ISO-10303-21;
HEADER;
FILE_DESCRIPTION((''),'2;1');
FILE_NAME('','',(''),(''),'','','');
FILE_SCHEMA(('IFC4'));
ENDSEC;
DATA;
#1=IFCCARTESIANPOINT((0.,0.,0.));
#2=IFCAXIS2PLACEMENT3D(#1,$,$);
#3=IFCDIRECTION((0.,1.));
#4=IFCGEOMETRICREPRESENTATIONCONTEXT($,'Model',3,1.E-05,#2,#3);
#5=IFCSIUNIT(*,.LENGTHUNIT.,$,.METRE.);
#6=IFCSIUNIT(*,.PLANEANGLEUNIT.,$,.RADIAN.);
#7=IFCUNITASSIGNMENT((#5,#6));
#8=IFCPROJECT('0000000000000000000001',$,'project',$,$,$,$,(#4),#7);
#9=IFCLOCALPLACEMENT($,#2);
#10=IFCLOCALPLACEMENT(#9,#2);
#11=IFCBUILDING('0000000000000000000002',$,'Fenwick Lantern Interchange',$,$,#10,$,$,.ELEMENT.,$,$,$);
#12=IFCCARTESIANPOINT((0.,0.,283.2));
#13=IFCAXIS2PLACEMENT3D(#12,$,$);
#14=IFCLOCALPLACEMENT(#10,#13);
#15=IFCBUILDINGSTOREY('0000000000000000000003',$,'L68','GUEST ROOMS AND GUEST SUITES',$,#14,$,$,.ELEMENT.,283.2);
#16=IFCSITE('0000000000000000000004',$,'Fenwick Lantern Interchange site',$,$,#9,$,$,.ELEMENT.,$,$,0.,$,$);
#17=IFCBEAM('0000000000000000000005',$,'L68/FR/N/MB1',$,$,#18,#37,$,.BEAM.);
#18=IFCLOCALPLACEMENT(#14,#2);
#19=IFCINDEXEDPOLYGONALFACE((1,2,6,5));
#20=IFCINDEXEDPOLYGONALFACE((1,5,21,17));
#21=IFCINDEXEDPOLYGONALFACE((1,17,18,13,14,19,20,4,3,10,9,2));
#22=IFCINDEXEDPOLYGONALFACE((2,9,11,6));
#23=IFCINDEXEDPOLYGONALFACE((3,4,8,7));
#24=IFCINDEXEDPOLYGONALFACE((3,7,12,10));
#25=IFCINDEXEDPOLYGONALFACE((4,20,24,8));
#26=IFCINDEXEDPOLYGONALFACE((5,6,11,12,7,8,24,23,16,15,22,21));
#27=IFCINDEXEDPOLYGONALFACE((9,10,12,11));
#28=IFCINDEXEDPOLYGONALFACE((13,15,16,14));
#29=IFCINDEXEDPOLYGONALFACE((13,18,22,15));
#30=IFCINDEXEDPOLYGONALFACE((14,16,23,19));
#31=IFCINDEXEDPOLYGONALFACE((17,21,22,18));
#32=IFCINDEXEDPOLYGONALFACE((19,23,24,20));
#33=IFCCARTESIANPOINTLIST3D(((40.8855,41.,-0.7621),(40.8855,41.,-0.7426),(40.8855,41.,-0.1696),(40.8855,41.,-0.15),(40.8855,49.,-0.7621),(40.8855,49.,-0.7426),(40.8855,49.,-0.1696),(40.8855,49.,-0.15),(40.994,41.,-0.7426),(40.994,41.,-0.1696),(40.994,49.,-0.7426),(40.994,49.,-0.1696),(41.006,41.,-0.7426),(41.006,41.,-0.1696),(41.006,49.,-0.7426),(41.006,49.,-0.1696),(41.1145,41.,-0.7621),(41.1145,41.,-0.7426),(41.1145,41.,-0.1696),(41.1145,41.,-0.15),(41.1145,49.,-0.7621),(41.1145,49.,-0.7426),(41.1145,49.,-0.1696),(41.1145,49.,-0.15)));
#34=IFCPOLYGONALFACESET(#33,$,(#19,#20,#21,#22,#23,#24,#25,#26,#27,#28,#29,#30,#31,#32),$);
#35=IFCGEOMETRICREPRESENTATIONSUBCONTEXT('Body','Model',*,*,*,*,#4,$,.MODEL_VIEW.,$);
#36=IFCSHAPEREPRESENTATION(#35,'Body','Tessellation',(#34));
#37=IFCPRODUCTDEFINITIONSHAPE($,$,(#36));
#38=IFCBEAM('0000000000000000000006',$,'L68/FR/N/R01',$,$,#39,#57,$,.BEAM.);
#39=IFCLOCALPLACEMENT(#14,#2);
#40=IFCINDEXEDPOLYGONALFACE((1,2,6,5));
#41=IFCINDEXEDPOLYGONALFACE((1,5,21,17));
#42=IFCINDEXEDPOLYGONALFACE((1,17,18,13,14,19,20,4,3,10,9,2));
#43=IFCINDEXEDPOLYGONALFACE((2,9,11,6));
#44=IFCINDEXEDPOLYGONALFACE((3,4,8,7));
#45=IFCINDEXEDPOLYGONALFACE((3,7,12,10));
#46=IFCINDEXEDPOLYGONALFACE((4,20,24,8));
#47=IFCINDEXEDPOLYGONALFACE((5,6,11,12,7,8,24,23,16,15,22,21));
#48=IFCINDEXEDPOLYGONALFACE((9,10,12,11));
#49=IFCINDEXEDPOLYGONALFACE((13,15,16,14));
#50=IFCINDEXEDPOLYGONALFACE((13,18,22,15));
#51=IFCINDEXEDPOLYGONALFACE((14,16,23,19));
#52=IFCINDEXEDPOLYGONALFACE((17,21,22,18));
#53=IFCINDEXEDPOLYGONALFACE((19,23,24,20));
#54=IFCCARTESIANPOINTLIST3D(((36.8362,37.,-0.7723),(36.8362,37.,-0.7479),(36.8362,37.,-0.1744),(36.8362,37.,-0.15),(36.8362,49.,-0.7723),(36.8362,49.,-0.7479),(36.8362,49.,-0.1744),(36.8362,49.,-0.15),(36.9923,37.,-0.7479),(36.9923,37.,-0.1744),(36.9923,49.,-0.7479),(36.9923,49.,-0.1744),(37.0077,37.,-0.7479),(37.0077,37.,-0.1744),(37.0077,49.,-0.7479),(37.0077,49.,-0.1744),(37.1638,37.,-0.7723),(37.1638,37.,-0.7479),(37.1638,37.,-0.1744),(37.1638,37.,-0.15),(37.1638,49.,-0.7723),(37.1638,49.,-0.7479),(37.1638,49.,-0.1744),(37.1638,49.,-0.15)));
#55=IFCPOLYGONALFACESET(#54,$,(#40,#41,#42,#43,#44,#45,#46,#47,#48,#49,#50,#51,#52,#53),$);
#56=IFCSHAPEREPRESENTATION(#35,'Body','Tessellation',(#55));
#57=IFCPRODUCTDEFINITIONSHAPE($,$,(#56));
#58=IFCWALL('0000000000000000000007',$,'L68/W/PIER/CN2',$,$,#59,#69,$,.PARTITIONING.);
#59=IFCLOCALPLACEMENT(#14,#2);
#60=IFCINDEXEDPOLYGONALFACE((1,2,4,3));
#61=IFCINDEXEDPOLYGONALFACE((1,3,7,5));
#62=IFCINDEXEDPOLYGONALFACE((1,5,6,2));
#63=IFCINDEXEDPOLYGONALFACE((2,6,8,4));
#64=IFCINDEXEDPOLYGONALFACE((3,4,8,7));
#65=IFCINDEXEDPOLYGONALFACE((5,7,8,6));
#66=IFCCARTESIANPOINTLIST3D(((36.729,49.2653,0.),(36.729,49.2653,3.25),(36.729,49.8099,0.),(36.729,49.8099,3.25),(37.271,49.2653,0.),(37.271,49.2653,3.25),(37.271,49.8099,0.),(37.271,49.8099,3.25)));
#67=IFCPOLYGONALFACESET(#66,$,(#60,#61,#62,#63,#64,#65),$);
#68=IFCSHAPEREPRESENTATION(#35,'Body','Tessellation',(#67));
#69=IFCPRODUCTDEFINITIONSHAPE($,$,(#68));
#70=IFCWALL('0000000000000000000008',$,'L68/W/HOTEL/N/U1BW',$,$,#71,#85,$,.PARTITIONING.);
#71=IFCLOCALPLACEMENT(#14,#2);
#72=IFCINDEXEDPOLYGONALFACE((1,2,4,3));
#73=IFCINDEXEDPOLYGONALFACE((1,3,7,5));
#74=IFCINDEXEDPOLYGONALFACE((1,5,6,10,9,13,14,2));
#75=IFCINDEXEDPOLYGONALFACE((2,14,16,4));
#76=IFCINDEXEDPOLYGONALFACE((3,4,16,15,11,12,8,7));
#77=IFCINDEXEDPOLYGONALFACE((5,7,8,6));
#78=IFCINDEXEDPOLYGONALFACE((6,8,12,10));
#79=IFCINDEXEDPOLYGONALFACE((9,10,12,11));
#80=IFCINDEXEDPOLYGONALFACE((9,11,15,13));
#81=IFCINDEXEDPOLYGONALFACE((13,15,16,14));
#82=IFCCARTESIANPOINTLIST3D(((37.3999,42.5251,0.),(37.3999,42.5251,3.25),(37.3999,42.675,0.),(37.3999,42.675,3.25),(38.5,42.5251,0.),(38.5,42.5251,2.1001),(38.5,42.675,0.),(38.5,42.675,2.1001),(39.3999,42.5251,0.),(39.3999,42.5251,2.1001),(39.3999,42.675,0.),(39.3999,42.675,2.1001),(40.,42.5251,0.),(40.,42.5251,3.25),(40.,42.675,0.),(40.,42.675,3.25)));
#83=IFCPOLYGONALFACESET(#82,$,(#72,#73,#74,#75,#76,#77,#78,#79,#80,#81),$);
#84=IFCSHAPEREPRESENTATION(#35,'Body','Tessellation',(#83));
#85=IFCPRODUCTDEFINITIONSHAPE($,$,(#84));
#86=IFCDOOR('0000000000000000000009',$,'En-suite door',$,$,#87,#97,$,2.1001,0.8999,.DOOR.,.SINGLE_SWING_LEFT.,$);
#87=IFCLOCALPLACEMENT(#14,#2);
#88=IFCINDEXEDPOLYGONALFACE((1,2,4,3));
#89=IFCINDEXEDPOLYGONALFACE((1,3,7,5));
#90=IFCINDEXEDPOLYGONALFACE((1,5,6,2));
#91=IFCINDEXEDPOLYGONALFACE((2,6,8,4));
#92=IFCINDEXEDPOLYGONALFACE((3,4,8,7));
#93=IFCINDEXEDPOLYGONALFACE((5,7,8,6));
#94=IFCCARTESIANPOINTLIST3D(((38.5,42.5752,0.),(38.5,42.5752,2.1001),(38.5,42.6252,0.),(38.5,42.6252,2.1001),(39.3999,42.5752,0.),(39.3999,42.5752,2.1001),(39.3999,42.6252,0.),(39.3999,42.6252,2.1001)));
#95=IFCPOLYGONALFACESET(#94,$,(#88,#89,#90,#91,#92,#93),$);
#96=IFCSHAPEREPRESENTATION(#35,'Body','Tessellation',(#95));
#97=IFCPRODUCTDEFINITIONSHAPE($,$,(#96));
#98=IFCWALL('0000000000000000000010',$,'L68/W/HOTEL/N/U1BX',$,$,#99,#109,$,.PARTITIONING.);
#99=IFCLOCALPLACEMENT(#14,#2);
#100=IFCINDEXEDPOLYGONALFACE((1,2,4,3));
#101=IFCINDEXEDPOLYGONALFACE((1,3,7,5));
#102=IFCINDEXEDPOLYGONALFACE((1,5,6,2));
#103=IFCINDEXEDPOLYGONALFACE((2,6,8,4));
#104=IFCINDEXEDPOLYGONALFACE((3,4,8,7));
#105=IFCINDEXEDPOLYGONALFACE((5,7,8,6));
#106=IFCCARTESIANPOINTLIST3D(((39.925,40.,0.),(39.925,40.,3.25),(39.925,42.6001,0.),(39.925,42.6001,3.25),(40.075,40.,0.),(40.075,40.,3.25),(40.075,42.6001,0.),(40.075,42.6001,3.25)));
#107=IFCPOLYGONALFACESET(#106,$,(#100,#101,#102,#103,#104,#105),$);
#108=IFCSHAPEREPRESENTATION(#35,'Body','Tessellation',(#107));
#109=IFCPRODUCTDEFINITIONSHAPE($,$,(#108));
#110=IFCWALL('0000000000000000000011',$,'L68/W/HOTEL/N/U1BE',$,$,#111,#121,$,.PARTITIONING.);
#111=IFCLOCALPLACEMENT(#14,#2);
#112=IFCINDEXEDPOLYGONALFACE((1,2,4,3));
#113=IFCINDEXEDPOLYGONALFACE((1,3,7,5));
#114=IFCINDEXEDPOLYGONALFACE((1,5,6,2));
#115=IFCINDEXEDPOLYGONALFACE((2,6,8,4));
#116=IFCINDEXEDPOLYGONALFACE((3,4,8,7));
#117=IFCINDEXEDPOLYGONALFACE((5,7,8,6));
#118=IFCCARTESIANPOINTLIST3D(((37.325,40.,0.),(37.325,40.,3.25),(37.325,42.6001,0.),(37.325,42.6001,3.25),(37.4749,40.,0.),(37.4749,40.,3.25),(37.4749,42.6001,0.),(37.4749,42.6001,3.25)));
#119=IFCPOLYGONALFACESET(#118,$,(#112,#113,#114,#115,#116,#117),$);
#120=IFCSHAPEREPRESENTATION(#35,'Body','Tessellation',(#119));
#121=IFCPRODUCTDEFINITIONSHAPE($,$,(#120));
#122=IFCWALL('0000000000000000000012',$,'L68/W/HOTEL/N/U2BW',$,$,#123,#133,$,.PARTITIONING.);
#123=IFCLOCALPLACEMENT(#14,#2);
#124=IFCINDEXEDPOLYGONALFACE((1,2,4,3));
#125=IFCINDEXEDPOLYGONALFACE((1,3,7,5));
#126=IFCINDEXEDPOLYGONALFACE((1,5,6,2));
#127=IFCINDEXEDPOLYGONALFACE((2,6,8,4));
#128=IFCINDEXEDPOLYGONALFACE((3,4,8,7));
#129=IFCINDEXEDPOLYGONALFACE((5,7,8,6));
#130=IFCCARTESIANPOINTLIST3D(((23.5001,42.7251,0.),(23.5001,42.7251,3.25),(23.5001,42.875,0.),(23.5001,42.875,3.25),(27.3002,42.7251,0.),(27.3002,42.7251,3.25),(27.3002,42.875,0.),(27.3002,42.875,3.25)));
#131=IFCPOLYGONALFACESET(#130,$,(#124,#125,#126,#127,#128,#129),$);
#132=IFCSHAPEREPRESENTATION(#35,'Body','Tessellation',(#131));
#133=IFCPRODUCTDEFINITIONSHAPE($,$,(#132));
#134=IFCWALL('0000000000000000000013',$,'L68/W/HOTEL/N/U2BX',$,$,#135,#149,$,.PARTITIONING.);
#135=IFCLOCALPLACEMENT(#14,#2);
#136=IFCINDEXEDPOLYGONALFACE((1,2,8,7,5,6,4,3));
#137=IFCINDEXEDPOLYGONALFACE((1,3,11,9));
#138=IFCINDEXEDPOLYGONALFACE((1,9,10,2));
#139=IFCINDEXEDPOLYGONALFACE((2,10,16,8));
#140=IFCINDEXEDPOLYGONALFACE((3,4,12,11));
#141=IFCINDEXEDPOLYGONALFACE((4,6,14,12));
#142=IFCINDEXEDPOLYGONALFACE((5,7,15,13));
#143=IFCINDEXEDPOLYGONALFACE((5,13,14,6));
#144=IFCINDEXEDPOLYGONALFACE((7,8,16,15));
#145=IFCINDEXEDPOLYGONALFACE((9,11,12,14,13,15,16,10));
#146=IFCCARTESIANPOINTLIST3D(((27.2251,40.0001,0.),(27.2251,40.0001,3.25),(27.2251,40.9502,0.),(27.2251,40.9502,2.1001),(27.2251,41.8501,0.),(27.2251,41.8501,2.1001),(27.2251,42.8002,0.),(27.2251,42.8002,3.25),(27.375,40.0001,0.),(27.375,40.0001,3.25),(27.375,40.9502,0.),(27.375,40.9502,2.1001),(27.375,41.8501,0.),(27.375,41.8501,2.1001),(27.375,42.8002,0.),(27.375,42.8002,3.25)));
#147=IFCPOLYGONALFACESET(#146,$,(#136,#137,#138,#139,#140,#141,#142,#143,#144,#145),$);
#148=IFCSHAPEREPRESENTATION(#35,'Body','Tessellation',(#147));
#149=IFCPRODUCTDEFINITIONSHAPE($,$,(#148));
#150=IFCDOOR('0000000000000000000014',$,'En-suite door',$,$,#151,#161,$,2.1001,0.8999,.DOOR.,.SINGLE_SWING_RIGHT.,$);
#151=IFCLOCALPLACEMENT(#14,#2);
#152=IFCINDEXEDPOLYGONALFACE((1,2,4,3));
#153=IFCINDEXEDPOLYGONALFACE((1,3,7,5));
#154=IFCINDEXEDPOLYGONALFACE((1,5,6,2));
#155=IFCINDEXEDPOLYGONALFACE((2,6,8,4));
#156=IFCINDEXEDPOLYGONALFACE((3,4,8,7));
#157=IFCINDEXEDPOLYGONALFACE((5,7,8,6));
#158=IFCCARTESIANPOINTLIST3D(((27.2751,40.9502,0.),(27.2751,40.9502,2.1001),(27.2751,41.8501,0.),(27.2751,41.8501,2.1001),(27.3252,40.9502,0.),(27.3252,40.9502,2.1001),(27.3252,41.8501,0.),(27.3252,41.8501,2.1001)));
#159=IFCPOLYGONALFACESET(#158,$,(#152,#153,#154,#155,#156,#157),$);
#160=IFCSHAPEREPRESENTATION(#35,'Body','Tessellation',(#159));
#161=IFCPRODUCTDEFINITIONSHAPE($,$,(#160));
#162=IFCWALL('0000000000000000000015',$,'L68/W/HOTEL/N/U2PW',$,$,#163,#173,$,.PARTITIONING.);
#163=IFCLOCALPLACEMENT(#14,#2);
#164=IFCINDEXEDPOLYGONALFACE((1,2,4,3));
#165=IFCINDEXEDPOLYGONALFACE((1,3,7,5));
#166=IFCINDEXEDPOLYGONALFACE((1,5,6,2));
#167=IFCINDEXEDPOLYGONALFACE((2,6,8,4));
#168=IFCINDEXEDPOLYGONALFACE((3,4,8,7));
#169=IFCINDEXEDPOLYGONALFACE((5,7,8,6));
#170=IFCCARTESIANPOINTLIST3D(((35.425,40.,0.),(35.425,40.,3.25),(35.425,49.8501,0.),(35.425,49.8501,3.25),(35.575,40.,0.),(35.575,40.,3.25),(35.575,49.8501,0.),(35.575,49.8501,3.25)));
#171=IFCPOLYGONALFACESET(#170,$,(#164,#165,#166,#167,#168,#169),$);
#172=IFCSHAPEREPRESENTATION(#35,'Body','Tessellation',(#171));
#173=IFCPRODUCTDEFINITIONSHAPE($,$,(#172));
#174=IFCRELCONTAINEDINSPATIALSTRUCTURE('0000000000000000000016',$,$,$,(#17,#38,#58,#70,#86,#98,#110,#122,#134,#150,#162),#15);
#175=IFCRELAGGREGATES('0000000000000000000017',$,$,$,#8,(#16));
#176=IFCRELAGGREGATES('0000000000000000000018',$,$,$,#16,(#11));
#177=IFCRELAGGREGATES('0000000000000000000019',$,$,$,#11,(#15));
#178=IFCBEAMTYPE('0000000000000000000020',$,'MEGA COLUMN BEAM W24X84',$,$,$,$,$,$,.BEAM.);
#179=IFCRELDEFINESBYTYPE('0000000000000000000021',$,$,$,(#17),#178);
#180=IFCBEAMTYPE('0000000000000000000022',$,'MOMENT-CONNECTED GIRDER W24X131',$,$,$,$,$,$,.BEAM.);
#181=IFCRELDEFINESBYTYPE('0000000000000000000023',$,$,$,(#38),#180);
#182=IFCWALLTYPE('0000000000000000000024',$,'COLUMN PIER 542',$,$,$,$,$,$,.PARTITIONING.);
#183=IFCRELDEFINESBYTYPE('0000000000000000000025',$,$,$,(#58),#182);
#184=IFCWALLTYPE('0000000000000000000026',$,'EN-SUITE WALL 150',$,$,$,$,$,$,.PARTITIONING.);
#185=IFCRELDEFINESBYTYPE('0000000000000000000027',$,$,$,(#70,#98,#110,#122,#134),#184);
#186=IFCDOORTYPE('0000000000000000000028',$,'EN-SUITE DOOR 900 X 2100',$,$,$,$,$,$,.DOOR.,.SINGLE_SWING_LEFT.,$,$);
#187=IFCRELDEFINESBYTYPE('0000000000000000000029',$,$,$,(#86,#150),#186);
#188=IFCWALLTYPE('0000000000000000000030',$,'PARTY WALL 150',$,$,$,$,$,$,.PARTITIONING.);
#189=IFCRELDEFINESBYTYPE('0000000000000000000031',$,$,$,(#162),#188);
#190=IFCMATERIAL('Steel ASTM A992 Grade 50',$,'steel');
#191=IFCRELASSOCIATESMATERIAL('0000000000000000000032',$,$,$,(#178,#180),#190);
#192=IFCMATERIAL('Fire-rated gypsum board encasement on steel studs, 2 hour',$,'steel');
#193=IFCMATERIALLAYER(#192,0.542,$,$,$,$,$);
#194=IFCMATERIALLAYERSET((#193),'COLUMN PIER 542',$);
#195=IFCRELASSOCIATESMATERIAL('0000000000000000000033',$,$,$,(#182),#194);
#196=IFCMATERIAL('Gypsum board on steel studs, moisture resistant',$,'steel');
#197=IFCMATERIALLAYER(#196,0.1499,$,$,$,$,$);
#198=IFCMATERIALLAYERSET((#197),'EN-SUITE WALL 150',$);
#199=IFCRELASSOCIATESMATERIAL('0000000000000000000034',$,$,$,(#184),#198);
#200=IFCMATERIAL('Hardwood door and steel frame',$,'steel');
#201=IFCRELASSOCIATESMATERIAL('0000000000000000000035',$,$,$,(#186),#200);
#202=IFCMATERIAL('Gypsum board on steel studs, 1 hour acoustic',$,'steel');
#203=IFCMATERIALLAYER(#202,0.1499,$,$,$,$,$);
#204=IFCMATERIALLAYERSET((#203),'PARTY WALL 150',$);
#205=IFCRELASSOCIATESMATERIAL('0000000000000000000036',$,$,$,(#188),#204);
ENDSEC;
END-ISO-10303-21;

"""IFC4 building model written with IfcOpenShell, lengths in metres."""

from ifc_helpers import new_model, si_unit, direction, frame, frame_2d, origin, origin_2d, place, context, subcontext, project, spatial, rectangle, i_section, extrude, material, layer, layer_set, material_profile, profile_set, type_object, element, fill, save


model = new_model("IFC4")

# Units and contexts
model_context = context("Model", 3, precision=1e-05, world=origin(), true_north=direction((0.0, 1.0)))
body_context = subcontext(model_context, "Body", "Model", "MODEL_VIEW")
ifc_project = project(units=[si_unit("LENGTHUNIT", "METRE"), si_unit("PLANEANGLEUNIT", "RADIAN")], contexts=[model_context])

# Site, building, storey
site_placement = place(None, origin())
site = spatial("IfcSite", under=ifc_project, at=site_placement, Name="Fenwick Lantern Interchange site", CompositionType="ELEMENT", RefElevation=0.0)
building_placement = place(site_placement, origin())
building = spatial("IfcBuilding", under=site, at=building_placement, Name="Fenwick Lantern Interchange", CompositionType="ELEMENT")
storey_placement = place(building_placement, frame((0.0, 0.0, 283.2)))
storey = spatial("IfcBuildingStorey", under=building, at=storey_placement, Name="L68", Description="GUEST ROOMS AND GUEST SUITES", CompositionType="ELEMENT", Elevation=283.2)

# Shared definitions
ifc_material_1 = material(Name="Steel ASTM A992 Grade 50", Category="steel")

# Beams
ifc_material_profile_1 = material_profile(ifc_material_1, i_section(OverallWidth=0.229, OverallDepth=0.6121, WebThickness=0.012, FlangeThickness=0.0195, at=origin_2d()), Name="W24X84")
ifc_profile_set_1 = profile_set([ifc_material_profile_1], Name="Steel ASTM A992 Grade 50")
beam_type_1 = type_object("IfcBeamType", Name="MEGA COLUMN BEAM W24X84", PredefinedType="BEAM", material=ifc_profile_set_1)
beam_1_placement = place(storey_placement, frame((41.0, 41.0, -0.4561), z_axis=(0.0, 1.0, 0.0), x_axis=(-1.0, 0.0, 0.0)))
element("IfcBeam", 1, at=beam_1_placement, inside=storey, type_object=beam_type_1, Name="L68/FR/N/MB1", PredefinedType="BEAM", context=body_context, shape_type="SweptSolid", body=[
    extrude(i_section(OverallWidth=0.229, OverallDepth=0.6121, WebThickness=0.012, FlangeThickness=0.0195, at=origin_2d()), origin(), (0.0, 0.0, 1.0), 8.0),
])
ifc_material_profile_2 = material_profile(ifc_material_1, i_section(OverallWidth=0.3276, OverallDepth=0.6223, WebThickness=0.0154, FlangeThickness=0.0244, at=origin_2d()), Name="W24X131")
ifc_profile_set_2 = profile_set([ifc_material_profile_2], Name="Steel ASTM A992 Grade 50")
beam_type_2 = type_object("IfcBeamType", Name="MOMENT-CONNECTED GIRDER W24X131", PredefinedType="BEAM", material=ifc_profile_set_2)
beam_2_placement = place(storey_placement, frame((37.0, 49.0, -0.4612), z_axis=(0.0, -1.0, 0.0), x_axis=(1.0, 0.0, 0.0)))
element("IfcBeam", 2, at=beam_2_placement, inside=storey, type_object=beam_type_2, Name="L68/FR/N/R01", PredefinedType="BEAM", context=body_context, shape_type="SweptSolid", body=[
    extrude(i_section(OverallWidth=0.3276, OverallDepth=0.6223, WebThickness=0.0154, FlangeThickness=0.0244, at=origin_2d()), origin(), (0.0, 0.0, 1.0), 12.0),
])

# Wall
ifc_material_2 = material(Name="Fire-rated gypsum board encasement on steel studs, 2 hour", Category="steel")
ifc_layer_1 = layer(ifc_material_2, 0.542)
ifc_layer_set_1 = layer_set([ifc_layer_1], Name="COLUMN PIER 542")
wall_type_1 = type_object("IfcWallType", Name="COLUMN PIER 542", PredefinedType="PARTITIONING", material=ifc_layer_set_1)
wall_1_placement = place(storey_placement, frame((37.0, 49.8101, 0.0), z_axis=(0.0, 0.0, 1.0), x_axis=(0.0, -1.0, 0.0)))
element("IfcWall", 3, at=wall_1_placement, inside=storey, type_object=wall_type_1, Name="L68/W/PIER/CN2", PredefinedType="PARTITIONING", context=body_context, shape_type="SweptSolid", body=[
    extrude(rectangle(XDim=0.5447, YDim=0.542, at=frame_2d((0.2725, 0.0))), origin(), (0.0, 0.0, 1.0), 3.25),
])

# Wall, opening, door
ifc_material_3 = material(Name="Gypsum board on steel studs, moisture resistant", Category="steel")
ifc_layer_2 = layer(ifc_material_3, 0.1499)
ifc_layer_set_2 = layer_set([ifc_layer_2], Name="EN-SUITE WALL 150")
wall_type_2 = type_object("IfcWallType", Name="EN-SUITE WALL 150", PredefinedType="PARTITIONING", material=ifc_layer_set_2)
wall_2_placement = place(storey_placement, frame((40.0, 42.6001, 0.0), z_axis=(0.0, 0.0, 1.0), x_axis=(-1.0, 0.0, 0.0)))
wall_2 = element("IfcWall", 4, at=wall_2_placement, inside=storey, type_object=wall_type_2, Name="L68/W/HOTEL/N/U1BW", PredefinedType="PARTITIONING", context=body_context, shape_type="SweptSolid", body=[
    extrude(rectangle(XDim=2.6001, YDim=0.1499, at=frame_2d((1.3, 0.0))), origin(), (0.0, 0.0, 1.0), 3.25),
])
opening_1_placement = place(wall_2_placement, frame((0.6001, 0.0, 0.0)))
opening_1 = element("IfcOpeningElement", 5, at=opening_1_placement, cuts=wall_2, PredefinedType="OPENING", context=body_context, shape_type="SweptSolid", body=[
    extrude(rectangle(XDim=0.8999, YDim=2.1001, at=frame_2d((0.45, 1.05))), frame((0.0, 0.085, 0.0), z_axis=(0.0, -1.0, 0.0), x_axis=(1.0, 0.0, 0.0)), (0.0, 0.0, 1.0), 0.1699),
])
ifc_material_4 = material(Name="Hardwood door and steel frame", Category="steel")
door_type = type_object("IfcDoorType", Name="EN-SUITE DOOR 900 X 2100", OperationType="SINGLE_SWING_LEFT", PredefinedType="DOOR", material=ifc_material_4)
door_1_placement = place(opening_1_placement, origin())
door_1 = element("IfcDoor", 6, at=door_1_placement, inside=storey, type_object=door_type, Name="En-suite door", OperationType="SINGLE_SWING_LEFT", OverallHeight=2.1001, OverallWidth=0.8999, PredefinedType="DOOR", context=body_context, shape_type="SweptSolid", body=[
    extrude(rectangle(XDim=0.8999, YDim=2.1001, at=frame_2d((0.45, 1.05))), frame((0.0, 0.0249, 0.0), z_axis=(0.0, -1.0, 0.0), x_axis=(1.0, 0.0, 0.0)), (0.0, 0.0, 1.0), 0.05),
])
fill(opening_1, door_1)

# Walls
for number, where, z_axis, x_axis, name in (
    (7, (40.0, 42.6001, 0.0), (0.0, 0.0, 1.0), (0.0, -1.0, 0.0), "L68/W/HOTEL/N/U1BX"),
    (8, (37.3999, 42.6001, 0.0), (0.0, 0.0, 1.0), (0.0, -1.0, 0.0), "L68/W/HOTEL/N/U1BE"),
):
    element("IfcWall", number, at=place(storey_placement, frame(where, z_axis=z_axis, x_axis=x_axis)), inside=storey, type_object=wall_type_2, Name=name, PredefinedType="PARTITIONING", context=body_context, shape_type="SweptSolid", body=[
        extrude(rectangle(XDim=2.6001, YDim=0.1499, at=frame_2d((1.3, 0.0))), origin(), (0.0, 0.0, 1.0), 3.25),
    ])
wall_3_placement = place(storey_placement, frame((27.3, 42.8, 0.0), z_axis=(0.0, 0.0, 1.0), x_axis=(-1.0, 0.0, 0.0)))
element("IfcWall", 9, at=wall_3_placement, inside=storey, type_object=wall_type_2, Name="L68/W/HOTEL/N/U2BW", PredefinedType="PARTITIONING", context=body_context, shape_type="SweptSolid", body=[
    extrude(rectangle(XDim=3.8, YDim=0.1499, at=frame_2d((1.8999, 0.0))), origin(), (0.0, 0.0, 1.0), 3.25),
])

# Wall, opening, door
wall_4_placement = place(storey_placement, frame((27.3, 42.8, 0.0), z_axis=(0.0, 0.0, 1.0), x_axis=(0.0, -1.0, 0.0)))
wall_4 = element("IfcWall", 10, at=wall_4_placement, inside=storey, type_object=wall_type_2, Name="L68/W/HOTEL/N/U2BX", PredefinedType="PARTITIONING", context=body_context, shape_type="SweptSolid", body=[
    extrude(rectangle(XDim=2.8, YDim=0.1499, at=frame_2d((1.3999, 0.0))), origin(), (0.0, 0.0, 1.0), 3.25),
])
opening_2_placement = place(wall_4_placement, frame((0.95, 0.0, 0.0)))
opening_2 = element("IfcOpeningElement", 11, at=opening_2_placement, cuts=wall_4, PredefinedType="OPENING", context=body_context, shape_type="SweptSolid", body=[
    extrude(rectangle(XDim=0.8999, YDim=2.1001, at=frame_2d((0.45, 1.05))), frame((0.0, 0.085, 0.0), z_axis=(0.0, -1.0, 0.0), x_axis=(1.0, 0.0, 0.0)), (0.0, 0.0, 1.0), 0.1699),
])
door_2_placement = place(opening_2_placement, frame((0.8999, 0.0, 0.0), z_axis=(0.0, 0.0, 1.0), x_axis=(-1.0, 0.0, 0.0)))
door_2 = element("IfcDoor", 12, at=door_2_placement, inside=storey, type_object=door_type, Name="En-suite door", OperationType="SINGLE_SWING_RIGHT", OverallHeight=2.1001, OverallWidth=0.8999, PredefinedType="DOOR", context=body_context, shape_type="SweptSolid", body=[
    extrude(rectangle(XDim=0.8999, YDim=2.1001, at=frame_2d((0.45, 1.05))), frame((0.0, 0.0249, 0.0), z_axis=(0.0, -1.0, 0.0), x_axis=(1.0, 0.0, 0.0)), (0.0, 0.0, 1.0), 0.05),
])
fill(opening_2, door_2)

# Wall
ifc_material_5 = material(Name="Gypsum board on steel studs, 1 hour acoustic", Category="steel")
ifc_layer_3 = layer(ifc_material_5, 0.1499)
ifc_layer_set_3 = layer_set([ifc_layer_3], Name="PARTY WALL 150")
wall_type_3 = type_object("IfcWallType", Name="PARTY WALL 150", PredefinedType="PARTITIONING", material=ifc_layer_set_3)
wall_5_placement = place(storey_placement, frame((35.5, 49.8501, 0.0), z_axis=(0.0, 0.0, 1.0), x_axis=(0.0, -1.0, 0.0)))
element("IfcWall", 13, at=wall_5_placement, inside=storey, type_object=wall_type_3, Name="L68/W/HOTEL/N/U2PW", PredefinedType="PARTITIONING", context=body_context, shape_type="SweptSolid", body=[
    extrude(rectangle(XDim=9.8501, YDim=0.1499, at=frame_2d((4.925, 0.0))), origin(), (0.0, 0.0, 1.0), 3.25),
])

save(model, "model.ifc")
